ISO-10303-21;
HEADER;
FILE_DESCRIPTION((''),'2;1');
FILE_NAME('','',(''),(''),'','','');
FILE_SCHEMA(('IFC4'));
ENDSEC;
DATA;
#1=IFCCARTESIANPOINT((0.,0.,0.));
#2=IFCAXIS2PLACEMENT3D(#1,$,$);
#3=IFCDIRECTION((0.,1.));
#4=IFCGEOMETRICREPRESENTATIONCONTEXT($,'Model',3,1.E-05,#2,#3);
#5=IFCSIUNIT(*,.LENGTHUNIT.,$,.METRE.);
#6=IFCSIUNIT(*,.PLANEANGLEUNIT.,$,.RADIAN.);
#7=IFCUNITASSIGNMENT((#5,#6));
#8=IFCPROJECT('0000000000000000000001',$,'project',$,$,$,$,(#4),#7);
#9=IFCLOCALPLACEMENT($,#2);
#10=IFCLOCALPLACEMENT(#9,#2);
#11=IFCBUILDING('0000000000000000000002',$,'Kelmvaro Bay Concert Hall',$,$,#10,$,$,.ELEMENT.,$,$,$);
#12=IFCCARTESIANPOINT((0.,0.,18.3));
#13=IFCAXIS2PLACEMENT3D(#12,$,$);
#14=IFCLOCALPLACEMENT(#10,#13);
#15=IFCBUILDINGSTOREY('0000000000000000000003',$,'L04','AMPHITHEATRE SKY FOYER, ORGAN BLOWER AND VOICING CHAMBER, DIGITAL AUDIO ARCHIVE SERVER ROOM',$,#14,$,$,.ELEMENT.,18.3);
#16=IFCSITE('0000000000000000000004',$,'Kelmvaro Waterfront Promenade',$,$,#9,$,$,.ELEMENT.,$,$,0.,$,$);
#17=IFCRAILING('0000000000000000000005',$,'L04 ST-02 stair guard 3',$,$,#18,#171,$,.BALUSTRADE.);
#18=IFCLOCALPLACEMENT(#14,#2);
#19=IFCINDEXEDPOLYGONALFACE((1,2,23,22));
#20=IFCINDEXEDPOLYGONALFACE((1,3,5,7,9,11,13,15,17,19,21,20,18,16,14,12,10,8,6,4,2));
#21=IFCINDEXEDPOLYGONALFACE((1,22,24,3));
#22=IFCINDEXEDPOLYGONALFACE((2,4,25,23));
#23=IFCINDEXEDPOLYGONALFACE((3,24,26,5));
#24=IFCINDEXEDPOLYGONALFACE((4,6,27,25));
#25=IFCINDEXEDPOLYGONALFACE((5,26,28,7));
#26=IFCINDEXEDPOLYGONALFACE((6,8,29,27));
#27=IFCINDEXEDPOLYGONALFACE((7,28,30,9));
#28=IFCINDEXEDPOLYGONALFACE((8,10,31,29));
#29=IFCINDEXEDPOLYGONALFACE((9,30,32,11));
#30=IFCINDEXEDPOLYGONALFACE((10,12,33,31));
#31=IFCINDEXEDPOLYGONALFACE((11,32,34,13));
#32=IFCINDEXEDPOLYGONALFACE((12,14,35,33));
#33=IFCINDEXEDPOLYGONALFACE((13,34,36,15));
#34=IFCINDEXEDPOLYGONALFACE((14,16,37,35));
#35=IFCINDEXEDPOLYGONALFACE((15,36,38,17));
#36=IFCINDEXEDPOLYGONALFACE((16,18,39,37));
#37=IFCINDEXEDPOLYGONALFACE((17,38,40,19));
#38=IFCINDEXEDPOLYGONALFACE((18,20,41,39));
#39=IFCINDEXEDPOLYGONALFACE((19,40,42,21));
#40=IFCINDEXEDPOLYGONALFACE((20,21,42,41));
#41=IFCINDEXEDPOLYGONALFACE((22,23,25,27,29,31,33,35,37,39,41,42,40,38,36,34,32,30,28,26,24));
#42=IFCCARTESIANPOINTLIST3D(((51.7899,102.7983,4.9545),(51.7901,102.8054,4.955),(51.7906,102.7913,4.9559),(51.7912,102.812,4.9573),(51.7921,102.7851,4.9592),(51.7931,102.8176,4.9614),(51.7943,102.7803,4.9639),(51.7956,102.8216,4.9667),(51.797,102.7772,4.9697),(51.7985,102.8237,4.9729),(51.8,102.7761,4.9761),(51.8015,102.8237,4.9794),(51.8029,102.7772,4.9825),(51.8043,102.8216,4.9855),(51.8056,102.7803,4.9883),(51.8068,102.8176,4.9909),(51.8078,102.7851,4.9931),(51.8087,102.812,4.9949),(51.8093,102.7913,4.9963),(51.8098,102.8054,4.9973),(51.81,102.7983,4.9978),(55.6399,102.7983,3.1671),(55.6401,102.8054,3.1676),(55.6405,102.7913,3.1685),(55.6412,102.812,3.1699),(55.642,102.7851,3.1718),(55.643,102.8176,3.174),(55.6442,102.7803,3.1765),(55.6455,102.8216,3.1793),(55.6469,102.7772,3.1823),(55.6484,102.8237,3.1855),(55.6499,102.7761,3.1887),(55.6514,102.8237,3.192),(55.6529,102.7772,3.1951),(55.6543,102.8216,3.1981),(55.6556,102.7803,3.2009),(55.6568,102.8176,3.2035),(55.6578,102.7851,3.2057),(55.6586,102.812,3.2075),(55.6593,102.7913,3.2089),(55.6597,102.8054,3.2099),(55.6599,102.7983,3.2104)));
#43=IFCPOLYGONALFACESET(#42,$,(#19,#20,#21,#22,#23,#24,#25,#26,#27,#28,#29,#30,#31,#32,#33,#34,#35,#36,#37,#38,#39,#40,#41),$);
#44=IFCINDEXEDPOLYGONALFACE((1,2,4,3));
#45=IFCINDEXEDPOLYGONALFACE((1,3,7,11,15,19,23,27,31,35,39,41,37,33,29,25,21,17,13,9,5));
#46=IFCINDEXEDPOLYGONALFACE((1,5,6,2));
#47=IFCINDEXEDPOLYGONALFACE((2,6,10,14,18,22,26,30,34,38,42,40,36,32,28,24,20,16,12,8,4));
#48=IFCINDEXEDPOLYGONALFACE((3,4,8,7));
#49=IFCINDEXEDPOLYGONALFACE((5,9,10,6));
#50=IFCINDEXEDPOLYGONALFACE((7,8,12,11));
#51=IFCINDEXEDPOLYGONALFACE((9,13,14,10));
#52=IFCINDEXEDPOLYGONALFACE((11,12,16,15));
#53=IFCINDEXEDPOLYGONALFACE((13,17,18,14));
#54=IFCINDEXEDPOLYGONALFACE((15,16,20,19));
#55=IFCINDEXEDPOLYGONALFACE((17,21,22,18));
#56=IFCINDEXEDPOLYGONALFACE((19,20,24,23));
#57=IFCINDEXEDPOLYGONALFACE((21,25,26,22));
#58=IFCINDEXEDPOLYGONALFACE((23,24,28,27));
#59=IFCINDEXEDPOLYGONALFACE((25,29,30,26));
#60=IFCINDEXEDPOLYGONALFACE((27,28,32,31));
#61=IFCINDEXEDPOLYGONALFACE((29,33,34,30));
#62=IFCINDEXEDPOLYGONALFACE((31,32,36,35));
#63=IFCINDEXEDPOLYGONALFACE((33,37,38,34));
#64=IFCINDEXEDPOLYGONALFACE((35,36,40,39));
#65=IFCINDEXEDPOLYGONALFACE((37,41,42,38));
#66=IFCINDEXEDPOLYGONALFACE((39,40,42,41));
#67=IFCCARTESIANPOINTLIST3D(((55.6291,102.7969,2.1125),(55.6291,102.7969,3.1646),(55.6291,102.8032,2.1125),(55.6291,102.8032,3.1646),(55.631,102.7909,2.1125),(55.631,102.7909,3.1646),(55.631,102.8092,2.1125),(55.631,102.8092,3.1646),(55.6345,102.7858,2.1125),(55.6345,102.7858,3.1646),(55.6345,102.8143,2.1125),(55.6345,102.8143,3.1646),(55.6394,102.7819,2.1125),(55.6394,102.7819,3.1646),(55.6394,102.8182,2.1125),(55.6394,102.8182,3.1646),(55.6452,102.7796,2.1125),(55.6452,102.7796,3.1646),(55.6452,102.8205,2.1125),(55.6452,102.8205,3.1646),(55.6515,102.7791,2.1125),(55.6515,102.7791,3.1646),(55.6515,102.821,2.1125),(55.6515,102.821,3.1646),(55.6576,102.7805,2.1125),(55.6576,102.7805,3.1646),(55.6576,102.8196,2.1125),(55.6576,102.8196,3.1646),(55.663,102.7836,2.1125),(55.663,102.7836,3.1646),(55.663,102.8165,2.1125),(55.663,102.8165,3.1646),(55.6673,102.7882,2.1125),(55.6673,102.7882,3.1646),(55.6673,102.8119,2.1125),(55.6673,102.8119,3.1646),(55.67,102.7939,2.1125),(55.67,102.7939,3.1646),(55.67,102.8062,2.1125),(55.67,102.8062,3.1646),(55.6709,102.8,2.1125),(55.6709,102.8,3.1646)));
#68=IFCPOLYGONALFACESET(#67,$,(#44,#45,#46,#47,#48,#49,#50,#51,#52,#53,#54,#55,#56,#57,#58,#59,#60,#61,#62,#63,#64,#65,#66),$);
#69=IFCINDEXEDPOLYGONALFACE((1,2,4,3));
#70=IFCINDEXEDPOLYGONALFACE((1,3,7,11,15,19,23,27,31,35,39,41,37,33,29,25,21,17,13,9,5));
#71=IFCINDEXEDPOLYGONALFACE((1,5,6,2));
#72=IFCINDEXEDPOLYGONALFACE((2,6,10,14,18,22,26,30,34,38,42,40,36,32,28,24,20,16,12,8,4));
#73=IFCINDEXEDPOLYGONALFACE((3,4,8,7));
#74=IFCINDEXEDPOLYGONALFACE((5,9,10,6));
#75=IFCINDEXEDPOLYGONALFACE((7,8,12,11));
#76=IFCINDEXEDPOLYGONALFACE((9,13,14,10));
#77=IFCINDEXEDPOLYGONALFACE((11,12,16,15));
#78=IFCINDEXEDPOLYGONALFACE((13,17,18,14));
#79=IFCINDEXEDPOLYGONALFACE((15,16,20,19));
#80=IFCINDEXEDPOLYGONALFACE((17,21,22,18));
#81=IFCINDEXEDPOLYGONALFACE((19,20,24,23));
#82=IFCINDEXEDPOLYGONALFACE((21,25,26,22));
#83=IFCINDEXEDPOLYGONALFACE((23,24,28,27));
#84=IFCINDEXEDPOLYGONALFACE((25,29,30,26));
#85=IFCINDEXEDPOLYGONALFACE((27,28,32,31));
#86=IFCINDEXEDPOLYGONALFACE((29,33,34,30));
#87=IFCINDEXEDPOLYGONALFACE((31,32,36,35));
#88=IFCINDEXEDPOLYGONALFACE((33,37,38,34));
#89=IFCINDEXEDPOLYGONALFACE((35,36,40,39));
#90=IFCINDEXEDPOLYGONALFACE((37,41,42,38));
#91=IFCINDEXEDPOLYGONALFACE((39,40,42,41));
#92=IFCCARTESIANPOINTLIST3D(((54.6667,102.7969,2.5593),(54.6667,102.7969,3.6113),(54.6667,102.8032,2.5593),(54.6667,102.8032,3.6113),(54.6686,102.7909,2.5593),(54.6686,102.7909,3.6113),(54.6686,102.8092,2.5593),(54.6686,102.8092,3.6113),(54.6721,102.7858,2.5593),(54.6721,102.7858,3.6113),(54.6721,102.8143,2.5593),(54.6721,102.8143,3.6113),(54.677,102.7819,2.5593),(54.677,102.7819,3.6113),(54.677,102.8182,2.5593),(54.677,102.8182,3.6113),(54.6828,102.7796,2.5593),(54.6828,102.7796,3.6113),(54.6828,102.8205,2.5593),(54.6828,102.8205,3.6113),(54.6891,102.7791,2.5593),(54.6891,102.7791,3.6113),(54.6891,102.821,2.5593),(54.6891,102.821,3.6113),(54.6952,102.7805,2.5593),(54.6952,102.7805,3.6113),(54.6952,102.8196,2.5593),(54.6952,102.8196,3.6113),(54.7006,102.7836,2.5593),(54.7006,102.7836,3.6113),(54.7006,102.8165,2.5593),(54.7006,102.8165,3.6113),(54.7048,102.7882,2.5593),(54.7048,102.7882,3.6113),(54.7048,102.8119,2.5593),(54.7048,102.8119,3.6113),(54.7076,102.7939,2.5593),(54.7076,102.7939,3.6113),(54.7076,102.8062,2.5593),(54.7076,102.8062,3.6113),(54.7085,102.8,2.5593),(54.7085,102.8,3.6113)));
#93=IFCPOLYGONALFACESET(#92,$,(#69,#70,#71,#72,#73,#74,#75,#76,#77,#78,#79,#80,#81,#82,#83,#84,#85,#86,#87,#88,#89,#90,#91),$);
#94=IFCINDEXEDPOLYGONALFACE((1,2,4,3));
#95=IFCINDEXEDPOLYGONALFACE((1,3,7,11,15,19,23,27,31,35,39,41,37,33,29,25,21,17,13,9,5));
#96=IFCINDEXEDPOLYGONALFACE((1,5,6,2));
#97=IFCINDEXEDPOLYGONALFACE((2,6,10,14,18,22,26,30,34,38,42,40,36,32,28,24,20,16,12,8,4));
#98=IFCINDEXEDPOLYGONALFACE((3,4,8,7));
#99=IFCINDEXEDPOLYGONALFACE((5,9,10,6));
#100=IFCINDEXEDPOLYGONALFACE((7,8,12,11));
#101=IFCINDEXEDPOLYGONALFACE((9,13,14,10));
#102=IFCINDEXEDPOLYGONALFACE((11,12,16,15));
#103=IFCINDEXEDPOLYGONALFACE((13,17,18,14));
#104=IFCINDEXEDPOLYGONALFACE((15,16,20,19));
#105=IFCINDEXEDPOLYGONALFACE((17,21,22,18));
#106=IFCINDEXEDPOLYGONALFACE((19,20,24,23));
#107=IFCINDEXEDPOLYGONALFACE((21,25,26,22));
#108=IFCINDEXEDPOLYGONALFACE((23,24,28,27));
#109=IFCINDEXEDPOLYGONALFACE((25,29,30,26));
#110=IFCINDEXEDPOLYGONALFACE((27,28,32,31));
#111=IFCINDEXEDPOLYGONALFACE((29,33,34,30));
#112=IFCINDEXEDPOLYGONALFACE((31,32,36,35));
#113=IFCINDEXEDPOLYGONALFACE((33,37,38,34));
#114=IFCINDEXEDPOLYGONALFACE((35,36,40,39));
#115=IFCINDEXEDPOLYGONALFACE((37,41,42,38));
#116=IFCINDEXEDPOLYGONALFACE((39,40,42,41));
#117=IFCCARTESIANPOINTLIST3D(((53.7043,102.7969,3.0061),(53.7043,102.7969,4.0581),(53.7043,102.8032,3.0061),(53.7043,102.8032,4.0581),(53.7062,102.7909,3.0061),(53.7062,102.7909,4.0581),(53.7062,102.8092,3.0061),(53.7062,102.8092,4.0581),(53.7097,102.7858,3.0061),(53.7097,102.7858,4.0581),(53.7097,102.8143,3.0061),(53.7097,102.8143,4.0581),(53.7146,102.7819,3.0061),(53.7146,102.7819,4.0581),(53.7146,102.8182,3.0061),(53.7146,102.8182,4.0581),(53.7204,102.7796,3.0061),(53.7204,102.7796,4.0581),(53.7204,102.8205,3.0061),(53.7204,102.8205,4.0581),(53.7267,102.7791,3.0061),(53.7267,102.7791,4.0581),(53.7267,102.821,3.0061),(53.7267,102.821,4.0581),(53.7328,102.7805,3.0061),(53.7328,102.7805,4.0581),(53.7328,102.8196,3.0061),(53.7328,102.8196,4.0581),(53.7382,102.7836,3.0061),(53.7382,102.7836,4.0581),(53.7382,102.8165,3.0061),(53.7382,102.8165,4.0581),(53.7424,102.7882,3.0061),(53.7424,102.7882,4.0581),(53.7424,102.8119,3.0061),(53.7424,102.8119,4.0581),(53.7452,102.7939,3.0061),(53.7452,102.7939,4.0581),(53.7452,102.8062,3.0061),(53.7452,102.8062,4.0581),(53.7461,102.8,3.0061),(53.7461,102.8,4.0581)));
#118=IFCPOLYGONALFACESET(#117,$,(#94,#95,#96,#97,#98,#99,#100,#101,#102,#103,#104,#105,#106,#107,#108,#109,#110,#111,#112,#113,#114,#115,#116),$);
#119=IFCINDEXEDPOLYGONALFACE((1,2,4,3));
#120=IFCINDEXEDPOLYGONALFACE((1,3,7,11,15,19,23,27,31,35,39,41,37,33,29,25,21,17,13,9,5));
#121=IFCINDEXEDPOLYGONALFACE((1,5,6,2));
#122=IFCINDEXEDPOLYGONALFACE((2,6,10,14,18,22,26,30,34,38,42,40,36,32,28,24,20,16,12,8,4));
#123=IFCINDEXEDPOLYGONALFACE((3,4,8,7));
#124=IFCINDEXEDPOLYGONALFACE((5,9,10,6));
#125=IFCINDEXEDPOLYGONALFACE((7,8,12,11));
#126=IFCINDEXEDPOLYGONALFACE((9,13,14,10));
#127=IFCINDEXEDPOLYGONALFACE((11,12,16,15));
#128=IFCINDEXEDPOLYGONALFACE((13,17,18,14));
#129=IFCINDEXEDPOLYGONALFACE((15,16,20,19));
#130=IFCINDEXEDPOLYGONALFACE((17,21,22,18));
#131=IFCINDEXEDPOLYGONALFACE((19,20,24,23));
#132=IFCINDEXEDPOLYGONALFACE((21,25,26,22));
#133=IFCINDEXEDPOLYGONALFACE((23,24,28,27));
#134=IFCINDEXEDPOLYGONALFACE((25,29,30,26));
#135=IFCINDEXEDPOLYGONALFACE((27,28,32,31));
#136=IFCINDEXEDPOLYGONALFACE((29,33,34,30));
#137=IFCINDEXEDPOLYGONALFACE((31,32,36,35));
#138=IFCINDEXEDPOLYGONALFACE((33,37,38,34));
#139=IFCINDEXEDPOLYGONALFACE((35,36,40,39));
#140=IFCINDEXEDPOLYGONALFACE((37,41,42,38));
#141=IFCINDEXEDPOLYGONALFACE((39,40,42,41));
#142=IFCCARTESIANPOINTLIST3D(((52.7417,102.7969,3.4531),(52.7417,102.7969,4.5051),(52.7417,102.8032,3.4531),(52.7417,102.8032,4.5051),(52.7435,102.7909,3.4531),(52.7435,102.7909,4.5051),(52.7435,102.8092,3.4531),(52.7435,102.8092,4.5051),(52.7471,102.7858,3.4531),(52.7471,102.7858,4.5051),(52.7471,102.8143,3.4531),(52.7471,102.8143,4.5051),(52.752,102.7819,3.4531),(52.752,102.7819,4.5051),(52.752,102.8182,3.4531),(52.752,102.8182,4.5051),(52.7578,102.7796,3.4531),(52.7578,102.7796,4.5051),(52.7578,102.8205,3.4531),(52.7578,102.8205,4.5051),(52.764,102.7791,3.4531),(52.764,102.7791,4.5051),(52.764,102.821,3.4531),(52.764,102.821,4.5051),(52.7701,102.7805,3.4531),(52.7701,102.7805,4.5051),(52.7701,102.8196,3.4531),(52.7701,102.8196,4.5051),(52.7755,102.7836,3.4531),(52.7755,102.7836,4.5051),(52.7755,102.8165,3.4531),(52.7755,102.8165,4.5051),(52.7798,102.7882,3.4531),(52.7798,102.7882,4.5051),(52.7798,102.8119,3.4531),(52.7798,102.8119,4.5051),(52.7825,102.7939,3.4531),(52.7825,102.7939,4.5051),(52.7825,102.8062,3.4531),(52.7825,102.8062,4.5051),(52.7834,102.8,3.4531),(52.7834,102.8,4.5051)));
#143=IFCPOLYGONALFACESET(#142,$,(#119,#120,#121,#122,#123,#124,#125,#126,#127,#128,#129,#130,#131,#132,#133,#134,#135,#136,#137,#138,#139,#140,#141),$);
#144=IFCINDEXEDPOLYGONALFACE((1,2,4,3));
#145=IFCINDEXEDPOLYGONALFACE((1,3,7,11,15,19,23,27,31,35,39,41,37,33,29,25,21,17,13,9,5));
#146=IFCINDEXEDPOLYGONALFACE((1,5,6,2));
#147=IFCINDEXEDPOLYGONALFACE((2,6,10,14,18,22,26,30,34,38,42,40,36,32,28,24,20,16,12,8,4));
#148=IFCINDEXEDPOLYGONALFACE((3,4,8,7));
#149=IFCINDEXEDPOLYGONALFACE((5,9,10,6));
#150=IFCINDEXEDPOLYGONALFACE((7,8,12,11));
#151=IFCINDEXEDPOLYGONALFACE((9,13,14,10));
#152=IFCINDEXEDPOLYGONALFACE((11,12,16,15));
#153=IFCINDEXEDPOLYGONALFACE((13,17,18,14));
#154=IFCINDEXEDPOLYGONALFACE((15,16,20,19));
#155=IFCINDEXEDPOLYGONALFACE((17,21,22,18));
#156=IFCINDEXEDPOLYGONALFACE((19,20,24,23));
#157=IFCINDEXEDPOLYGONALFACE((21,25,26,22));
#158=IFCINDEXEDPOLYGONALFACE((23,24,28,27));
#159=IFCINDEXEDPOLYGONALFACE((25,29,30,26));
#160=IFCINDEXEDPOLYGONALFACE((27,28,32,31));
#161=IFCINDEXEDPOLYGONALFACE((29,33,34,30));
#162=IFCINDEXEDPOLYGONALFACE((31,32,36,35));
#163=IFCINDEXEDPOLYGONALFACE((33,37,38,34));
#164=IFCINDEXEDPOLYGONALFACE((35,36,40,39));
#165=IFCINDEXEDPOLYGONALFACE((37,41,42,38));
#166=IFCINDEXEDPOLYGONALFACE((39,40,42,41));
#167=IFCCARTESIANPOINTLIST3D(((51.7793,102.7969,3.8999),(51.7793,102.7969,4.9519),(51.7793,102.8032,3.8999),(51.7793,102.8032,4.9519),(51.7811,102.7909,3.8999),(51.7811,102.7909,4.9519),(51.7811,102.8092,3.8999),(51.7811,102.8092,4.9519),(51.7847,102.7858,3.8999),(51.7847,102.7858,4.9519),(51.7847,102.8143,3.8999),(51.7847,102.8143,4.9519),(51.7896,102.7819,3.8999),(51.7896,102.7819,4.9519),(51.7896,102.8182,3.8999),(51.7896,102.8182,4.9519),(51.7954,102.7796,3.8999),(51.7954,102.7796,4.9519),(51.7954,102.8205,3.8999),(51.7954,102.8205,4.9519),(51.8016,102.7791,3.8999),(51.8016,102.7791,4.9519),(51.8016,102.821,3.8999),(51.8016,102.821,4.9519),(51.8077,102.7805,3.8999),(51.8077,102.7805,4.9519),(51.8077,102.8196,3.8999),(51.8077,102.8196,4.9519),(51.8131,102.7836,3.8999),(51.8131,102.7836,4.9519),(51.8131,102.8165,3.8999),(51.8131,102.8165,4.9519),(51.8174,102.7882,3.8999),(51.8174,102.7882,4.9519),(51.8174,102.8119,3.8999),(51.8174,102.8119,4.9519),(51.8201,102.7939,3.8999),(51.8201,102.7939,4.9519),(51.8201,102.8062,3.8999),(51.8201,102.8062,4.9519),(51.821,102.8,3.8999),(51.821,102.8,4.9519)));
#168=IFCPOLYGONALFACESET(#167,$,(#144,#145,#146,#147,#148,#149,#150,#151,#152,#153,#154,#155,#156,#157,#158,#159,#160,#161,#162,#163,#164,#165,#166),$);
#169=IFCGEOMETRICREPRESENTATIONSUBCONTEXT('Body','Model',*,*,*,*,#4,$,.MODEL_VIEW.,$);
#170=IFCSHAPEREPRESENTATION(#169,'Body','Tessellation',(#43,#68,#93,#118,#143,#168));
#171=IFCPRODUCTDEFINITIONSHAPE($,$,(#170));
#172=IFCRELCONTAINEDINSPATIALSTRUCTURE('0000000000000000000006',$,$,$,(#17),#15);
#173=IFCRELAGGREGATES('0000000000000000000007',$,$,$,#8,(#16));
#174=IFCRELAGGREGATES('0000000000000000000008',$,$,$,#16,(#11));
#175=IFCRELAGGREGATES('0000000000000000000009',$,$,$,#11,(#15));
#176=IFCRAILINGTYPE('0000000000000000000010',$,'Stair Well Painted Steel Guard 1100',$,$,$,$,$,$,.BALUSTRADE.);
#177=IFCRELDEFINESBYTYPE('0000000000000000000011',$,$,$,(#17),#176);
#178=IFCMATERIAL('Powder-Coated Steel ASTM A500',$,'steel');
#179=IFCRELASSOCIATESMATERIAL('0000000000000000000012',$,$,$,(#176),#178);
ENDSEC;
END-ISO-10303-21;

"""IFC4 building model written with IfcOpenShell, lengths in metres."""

from ifc_helpers import new_model, si_unit, direction, frame, origin, origin_2d, place, context, subcontext, project, spatial, circle, extrude, material, type_object, element, save


model = new_model("IFC4")

# Units and contexts
model_context = context("Model", 3, precision=1e-05, world=origin(), true_north=direction((0.0, 1.0)))
body_context = subcontext(model_context, "Body", "Model", "MODEL_VIEW")
ifc_project = project(units=[si_unit("LENGTHUNIT", "METRE"), si_unit("PLANEANGLEUNIT", "RADIAN")], contexts=[model_context])

# Site, building, storey
site_placement = place(None, origin())
site = spatial("IfcSite", under=ifc_project, at=site_placement, Name="Kelmvaro Waterfront Promenade", CompositionType="ELEMENT", RefElevation=0.0)
building_placement = place(site_placement, origin())
building = spatial("IfcBuilding", under=site, at=building_placement, Name="Kelmvaro Bay Concert Hall", CompositionType="ELEMENT")
storey_placement = place(building_placement, frame((0.0, 0.0, 18.3)))
storey = spatial("IfcBuildingStorey", under=building, at=storey_placement, Name="L04", Description="AMPHITHEATRE SKY FOYER, ORGAN BLOWER AND VOICING CHAMBER, DIGITAL AUDIO ARCHIVE SERVER ROOM", CompositionType="ELEMENT", Elevation=18.3)

# Railing
ifc_material_1 = material(Name="Powder-Coated Steel ASTM A500", Category="steel")
railing_type_1 = type_object("IfcRailingType", Name="Stair Well Painted Steel Guard 1100", PredefinedType="BALUSTRADE", material=ifc_material_1)
railing_1_placement = place(storey_placement, frame((55.6499, 102.8, 2.1125)))
element("IfcRailing", 1, at=railing_1_placement, inside=storey, type_object=railing_type_1, Name="L04 ST-02 stair guard 3", PredefinedType="BALUSTRADE", context=body_context, shape_type="SweptSolid", body=[
    extrude(circle(Radius=0.0239, at=origin_2d()), frame((0.0, 0.0, 1.0762), z_axis=(-0.907016, 0.0, 0.421096), x_axis=(0.0, -1.0, 0.0)), (0.0, 0.0, 1.0), 4.2446),
    extrude(circle(Radius=0.021, at=origin_2d()), origin(), (0.0, 0.0, 1.0), 1.052),
    extrude(circle(Radius=0.021, at=origin_2d()), frame((-0.9624, 0.0, 0.4468)), (0.0, 0.0, 1.0), 1.052),
    extrude(circle(Radius=0.021, at=origin_2d()), frame((-1.9248, 0.0, 0.8936)), (0.0, 0.0, 1.0), 1.052),
    extrude(circle(Radius=0.021, at=origin_2d()), frame((-2.8875, 0.0, 1.3406)), (0.0, 0.0, 1.0), 1.052),
    extrude(circle(Radius=0.021, at=origin_2d()), frame((-3.8499, 0.0, 1.7874)), (0.0, 0.0, 1.0), 1.052),
])

save(model, "model.ifc")
